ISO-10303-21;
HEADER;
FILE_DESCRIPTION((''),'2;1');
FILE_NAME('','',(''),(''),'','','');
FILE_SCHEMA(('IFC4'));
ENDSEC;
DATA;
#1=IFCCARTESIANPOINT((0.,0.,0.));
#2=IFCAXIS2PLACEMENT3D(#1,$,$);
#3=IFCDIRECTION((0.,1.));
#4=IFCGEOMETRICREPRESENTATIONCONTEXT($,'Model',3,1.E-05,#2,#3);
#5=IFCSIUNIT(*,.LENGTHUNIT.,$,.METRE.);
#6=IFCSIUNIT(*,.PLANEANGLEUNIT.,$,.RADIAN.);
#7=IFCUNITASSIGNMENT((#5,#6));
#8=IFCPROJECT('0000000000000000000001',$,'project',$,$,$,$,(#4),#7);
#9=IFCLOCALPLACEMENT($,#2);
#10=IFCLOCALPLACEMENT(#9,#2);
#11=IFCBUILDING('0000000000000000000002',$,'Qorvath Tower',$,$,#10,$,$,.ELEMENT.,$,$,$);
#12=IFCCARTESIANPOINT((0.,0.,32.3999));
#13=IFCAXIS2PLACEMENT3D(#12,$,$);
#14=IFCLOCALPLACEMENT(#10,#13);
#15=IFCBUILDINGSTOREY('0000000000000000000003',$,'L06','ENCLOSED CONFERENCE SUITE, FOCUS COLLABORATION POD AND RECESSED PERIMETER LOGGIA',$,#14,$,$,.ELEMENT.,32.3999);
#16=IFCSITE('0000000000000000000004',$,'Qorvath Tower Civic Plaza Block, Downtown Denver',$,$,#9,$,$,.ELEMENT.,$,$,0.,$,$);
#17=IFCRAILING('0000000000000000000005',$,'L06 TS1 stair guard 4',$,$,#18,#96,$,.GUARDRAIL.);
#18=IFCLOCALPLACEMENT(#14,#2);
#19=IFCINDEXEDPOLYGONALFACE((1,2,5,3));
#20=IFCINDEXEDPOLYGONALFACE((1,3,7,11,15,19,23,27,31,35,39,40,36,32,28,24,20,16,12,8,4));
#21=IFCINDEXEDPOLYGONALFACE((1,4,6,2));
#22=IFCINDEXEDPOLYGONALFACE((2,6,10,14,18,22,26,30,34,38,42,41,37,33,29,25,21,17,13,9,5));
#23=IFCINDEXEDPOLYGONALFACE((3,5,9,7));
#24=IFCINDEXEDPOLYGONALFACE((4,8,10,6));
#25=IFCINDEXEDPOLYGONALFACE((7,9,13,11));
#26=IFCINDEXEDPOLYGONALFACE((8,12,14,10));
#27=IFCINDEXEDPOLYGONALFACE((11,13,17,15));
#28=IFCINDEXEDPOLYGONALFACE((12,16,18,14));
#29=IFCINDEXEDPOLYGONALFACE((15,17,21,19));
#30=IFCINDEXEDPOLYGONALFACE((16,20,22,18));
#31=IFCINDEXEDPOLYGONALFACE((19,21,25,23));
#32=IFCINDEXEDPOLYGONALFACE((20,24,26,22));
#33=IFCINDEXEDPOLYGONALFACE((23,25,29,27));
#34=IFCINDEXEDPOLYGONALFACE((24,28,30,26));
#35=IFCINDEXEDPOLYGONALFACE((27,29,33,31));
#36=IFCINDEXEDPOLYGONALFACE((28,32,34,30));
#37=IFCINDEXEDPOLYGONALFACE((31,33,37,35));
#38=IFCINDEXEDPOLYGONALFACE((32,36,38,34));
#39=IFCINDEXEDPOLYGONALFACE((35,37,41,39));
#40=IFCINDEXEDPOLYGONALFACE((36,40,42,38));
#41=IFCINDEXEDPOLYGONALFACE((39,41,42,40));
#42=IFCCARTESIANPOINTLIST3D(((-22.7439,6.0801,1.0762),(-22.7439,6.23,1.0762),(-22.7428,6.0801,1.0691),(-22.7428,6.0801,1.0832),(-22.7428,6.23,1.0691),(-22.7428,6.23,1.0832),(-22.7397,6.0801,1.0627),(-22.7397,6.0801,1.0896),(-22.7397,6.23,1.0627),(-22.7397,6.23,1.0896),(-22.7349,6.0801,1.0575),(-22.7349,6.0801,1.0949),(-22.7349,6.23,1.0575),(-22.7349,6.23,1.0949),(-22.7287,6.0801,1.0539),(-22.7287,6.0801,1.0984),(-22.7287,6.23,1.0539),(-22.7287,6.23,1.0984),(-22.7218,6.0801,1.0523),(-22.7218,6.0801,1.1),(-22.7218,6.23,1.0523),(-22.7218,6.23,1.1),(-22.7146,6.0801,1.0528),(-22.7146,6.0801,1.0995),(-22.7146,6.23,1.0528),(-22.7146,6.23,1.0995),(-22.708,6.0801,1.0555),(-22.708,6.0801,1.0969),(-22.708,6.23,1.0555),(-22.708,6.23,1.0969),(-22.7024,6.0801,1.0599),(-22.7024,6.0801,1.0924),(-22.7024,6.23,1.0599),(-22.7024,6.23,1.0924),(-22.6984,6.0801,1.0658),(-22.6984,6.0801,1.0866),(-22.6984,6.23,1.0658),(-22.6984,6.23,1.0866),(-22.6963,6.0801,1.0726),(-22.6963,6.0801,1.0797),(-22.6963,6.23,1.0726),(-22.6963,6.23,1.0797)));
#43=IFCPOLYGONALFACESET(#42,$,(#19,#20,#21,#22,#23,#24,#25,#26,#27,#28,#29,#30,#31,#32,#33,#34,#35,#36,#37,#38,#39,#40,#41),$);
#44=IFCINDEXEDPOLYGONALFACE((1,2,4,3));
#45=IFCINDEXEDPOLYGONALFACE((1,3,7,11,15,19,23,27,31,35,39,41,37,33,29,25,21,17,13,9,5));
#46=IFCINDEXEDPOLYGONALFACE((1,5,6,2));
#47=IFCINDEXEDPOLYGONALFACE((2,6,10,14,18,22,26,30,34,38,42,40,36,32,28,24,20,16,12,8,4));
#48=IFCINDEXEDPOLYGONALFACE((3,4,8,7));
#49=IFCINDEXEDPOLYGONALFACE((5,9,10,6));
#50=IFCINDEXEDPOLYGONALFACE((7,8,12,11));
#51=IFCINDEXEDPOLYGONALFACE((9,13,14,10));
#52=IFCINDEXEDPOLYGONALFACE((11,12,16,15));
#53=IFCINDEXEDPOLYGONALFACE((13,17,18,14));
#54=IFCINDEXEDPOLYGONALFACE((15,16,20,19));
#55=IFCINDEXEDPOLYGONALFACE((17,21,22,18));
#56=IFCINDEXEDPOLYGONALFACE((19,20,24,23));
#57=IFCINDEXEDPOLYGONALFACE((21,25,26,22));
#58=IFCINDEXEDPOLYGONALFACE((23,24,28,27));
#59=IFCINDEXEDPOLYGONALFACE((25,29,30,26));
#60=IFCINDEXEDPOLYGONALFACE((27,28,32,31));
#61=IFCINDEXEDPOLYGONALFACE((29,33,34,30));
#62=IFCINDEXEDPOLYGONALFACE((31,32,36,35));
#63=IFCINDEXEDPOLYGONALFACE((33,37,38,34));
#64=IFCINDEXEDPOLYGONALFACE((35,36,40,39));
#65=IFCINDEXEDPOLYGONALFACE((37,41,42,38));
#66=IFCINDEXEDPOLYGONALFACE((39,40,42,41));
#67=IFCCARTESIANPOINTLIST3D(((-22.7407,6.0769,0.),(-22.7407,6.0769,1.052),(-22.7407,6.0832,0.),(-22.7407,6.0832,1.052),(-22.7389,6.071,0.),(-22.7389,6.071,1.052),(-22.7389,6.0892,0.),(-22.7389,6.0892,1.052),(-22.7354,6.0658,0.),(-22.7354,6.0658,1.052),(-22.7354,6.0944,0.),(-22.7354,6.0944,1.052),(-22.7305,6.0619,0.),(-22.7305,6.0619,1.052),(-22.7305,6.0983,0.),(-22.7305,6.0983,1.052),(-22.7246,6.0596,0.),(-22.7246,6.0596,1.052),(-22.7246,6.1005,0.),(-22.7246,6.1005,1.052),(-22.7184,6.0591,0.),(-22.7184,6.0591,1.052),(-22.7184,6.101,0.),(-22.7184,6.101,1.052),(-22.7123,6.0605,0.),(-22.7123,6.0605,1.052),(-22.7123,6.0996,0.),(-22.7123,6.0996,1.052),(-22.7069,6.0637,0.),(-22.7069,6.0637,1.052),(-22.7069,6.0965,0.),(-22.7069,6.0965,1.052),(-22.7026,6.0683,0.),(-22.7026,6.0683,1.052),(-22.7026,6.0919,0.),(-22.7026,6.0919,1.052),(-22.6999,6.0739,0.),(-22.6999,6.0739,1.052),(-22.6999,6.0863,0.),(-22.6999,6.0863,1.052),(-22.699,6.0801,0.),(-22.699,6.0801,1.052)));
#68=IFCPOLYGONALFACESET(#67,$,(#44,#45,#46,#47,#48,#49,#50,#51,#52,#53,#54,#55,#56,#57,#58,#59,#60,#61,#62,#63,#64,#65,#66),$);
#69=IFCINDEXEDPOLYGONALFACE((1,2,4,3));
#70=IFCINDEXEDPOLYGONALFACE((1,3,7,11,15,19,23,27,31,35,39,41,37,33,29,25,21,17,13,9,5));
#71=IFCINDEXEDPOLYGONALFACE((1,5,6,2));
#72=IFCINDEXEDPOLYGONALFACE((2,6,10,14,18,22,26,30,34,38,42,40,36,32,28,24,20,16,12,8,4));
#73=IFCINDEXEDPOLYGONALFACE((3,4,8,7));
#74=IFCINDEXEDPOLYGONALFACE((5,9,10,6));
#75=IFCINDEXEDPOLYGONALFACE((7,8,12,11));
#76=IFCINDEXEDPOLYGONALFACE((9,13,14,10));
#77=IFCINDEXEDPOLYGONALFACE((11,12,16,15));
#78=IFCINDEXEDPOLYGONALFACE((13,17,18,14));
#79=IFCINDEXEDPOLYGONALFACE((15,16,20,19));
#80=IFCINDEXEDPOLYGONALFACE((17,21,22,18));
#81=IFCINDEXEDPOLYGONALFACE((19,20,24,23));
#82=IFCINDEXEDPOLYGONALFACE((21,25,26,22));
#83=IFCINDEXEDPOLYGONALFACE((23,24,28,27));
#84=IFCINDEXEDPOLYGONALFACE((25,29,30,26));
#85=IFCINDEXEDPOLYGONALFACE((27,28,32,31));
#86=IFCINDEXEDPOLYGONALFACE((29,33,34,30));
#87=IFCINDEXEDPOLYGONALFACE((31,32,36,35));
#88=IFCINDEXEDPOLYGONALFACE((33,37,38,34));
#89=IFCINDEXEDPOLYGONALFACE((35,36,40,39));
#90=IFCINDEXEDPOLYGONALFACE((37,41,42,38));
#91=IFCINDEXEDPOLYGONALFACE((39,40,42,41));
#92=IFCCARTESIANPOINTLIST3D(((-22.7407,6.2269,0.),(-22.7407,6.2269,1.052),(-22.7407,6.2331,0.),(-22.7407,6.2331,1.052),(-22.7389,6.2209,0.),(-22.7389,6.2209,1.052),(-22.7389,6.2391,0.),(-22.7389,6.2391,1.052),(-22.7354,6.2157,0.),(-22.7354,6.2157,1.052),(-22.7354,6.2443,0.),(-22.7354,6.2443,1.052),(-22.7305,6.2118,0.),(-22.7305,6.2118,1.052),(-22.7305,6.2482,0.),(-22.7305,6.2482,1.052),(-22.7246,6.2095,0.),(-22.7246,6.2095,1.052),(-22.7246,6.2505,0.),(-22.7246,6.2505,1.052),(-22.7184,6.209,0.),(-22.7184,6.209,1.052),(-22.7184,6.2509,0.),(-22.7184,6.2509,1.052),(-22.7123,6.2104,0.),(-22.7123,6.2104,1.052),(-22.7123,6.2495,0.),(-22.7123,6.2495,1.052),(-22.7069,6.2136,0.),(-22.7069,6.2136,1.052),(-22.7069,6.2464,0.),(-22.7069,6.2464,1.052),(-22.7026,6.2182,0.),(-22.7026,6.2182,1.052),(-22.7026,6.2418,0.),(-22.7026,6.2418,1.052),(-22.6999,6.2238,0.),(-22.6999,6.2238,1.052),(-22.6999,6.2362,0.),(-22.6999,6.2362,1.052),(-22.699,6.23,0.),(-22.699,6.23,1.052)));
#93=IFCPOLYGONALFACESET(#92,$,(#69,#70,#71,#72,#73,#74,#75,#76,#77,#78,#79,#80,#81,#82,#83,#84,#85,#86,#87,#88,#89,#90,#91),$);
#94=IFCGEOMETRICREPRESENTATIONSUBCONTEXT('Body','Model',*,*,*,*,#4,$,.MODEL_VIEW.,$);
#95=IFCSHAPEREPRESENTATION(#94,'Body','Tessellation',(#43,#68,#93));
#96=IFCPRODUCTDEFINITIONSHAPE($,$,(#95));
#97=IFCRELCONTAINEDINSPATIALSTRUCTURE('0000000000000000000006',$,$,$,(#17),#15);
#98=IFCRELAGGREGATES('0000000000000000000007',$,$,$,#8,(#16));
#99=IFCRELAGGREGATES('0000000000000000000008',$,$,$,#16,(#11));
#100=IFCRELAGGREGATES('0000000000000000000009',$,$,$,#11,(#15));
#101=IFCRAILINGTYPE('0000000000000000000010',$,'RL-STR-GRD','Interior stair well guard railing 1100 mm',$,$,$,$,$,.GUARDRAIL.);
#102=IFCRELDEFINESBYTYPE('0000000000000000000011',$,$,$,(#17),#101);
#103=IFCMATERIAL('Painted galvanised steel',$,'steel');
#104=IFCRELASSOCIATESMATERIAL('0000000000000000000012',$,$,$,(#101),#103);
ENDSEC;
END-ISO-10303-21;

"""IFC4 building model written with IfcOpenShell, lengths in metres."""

from ifc_helpers import new_model, si_unit, direction, frame, origin, origin_2d, place, context, subcontext, project, spatial, circle, extrude, material, type_object, element, save


model = new_model("IFC4")

# Units and contexts
model_context = context("Model", 3, precision=1e-05, world=origin(), true_north=direction((0.0, 1.0)))
body_context = subcontext(model_context, "Body", "Model", "MODEL_VIEW")
ifc_project = project(units=[si_unit("LENGTHUNIT", "METRE"), si_unit("PLANEANGLEUNIT", "RADIAN")], contexts=[model_context])

# Site, building, storey
site_placement = place(None, origin())
site = spatial("IfcSite", under=ifc_project, at=site_placement, Name="Qorvath Tower Civic Plaza Block, Downtown Denver", CompositionType="ELEMENT", RefElevation=0.0)
building_placement = place(site_placement, origin())
building = spatial("IfcBuilding", under=site, at=building_placement, Name="Qorvath Tower", CompositionType="ELEMENT")
storey_placement = place(building_placement, frame((0.0, 0.0, 32.3999)))
storey = spatial("IfcBuildingStorey", under=building, at=storey_placement, Name="L06", Description="ENCLOSED CONFERENCE SUITE, FOCUS COLLABORATION POD AND RECESSED PERIMETER LOGGIA", CompositionType="ELEMENT", Elevation=32.3999)

# Railing
ifc_material_1 = material(Name="Painted galvanised steel", Category="steel")
railing_type_1 = type_object("IfcRailingType", Name="RL-STR-GRD", Description="Interior stair well guard railing 1100 mm", PredefinedType="GUARDRAIL", material=ifc_material_1)
railing_1_placement = place(storey_placement, frame((-22.72, 6.0801, 0.0)))
element("IfcRailing", 1, at=railing_1_placement, inside=storey, type_object=railing_type_1, Name="L06 TS1 stair guard 4", PredefinedType="GUARDRAIL", context=body_context, shape_type="SweptSolid", body=[
    extrude(circle(Radius=0.0239, at=origin_2d()), frame((0.0, 0.0, 1.0762), z_axis=(0.0, 1.0, 0.0), x_axis=(-1.0, 0.0, 0.0)), (0.0, 0.0, 1.0), 0.1499),
    extrude(circle(Radius=0.021, at=origin_2d()), origin(), (0.0, 0.0, 1.0), 1.052),
    extrude(circle(Radius=0.021, at=origin_2d()), frame((0.0, 0.1499, 0.0)), (0.0, 0.0, 1.0), 1.052),
])

save(model, "model.ifc")
